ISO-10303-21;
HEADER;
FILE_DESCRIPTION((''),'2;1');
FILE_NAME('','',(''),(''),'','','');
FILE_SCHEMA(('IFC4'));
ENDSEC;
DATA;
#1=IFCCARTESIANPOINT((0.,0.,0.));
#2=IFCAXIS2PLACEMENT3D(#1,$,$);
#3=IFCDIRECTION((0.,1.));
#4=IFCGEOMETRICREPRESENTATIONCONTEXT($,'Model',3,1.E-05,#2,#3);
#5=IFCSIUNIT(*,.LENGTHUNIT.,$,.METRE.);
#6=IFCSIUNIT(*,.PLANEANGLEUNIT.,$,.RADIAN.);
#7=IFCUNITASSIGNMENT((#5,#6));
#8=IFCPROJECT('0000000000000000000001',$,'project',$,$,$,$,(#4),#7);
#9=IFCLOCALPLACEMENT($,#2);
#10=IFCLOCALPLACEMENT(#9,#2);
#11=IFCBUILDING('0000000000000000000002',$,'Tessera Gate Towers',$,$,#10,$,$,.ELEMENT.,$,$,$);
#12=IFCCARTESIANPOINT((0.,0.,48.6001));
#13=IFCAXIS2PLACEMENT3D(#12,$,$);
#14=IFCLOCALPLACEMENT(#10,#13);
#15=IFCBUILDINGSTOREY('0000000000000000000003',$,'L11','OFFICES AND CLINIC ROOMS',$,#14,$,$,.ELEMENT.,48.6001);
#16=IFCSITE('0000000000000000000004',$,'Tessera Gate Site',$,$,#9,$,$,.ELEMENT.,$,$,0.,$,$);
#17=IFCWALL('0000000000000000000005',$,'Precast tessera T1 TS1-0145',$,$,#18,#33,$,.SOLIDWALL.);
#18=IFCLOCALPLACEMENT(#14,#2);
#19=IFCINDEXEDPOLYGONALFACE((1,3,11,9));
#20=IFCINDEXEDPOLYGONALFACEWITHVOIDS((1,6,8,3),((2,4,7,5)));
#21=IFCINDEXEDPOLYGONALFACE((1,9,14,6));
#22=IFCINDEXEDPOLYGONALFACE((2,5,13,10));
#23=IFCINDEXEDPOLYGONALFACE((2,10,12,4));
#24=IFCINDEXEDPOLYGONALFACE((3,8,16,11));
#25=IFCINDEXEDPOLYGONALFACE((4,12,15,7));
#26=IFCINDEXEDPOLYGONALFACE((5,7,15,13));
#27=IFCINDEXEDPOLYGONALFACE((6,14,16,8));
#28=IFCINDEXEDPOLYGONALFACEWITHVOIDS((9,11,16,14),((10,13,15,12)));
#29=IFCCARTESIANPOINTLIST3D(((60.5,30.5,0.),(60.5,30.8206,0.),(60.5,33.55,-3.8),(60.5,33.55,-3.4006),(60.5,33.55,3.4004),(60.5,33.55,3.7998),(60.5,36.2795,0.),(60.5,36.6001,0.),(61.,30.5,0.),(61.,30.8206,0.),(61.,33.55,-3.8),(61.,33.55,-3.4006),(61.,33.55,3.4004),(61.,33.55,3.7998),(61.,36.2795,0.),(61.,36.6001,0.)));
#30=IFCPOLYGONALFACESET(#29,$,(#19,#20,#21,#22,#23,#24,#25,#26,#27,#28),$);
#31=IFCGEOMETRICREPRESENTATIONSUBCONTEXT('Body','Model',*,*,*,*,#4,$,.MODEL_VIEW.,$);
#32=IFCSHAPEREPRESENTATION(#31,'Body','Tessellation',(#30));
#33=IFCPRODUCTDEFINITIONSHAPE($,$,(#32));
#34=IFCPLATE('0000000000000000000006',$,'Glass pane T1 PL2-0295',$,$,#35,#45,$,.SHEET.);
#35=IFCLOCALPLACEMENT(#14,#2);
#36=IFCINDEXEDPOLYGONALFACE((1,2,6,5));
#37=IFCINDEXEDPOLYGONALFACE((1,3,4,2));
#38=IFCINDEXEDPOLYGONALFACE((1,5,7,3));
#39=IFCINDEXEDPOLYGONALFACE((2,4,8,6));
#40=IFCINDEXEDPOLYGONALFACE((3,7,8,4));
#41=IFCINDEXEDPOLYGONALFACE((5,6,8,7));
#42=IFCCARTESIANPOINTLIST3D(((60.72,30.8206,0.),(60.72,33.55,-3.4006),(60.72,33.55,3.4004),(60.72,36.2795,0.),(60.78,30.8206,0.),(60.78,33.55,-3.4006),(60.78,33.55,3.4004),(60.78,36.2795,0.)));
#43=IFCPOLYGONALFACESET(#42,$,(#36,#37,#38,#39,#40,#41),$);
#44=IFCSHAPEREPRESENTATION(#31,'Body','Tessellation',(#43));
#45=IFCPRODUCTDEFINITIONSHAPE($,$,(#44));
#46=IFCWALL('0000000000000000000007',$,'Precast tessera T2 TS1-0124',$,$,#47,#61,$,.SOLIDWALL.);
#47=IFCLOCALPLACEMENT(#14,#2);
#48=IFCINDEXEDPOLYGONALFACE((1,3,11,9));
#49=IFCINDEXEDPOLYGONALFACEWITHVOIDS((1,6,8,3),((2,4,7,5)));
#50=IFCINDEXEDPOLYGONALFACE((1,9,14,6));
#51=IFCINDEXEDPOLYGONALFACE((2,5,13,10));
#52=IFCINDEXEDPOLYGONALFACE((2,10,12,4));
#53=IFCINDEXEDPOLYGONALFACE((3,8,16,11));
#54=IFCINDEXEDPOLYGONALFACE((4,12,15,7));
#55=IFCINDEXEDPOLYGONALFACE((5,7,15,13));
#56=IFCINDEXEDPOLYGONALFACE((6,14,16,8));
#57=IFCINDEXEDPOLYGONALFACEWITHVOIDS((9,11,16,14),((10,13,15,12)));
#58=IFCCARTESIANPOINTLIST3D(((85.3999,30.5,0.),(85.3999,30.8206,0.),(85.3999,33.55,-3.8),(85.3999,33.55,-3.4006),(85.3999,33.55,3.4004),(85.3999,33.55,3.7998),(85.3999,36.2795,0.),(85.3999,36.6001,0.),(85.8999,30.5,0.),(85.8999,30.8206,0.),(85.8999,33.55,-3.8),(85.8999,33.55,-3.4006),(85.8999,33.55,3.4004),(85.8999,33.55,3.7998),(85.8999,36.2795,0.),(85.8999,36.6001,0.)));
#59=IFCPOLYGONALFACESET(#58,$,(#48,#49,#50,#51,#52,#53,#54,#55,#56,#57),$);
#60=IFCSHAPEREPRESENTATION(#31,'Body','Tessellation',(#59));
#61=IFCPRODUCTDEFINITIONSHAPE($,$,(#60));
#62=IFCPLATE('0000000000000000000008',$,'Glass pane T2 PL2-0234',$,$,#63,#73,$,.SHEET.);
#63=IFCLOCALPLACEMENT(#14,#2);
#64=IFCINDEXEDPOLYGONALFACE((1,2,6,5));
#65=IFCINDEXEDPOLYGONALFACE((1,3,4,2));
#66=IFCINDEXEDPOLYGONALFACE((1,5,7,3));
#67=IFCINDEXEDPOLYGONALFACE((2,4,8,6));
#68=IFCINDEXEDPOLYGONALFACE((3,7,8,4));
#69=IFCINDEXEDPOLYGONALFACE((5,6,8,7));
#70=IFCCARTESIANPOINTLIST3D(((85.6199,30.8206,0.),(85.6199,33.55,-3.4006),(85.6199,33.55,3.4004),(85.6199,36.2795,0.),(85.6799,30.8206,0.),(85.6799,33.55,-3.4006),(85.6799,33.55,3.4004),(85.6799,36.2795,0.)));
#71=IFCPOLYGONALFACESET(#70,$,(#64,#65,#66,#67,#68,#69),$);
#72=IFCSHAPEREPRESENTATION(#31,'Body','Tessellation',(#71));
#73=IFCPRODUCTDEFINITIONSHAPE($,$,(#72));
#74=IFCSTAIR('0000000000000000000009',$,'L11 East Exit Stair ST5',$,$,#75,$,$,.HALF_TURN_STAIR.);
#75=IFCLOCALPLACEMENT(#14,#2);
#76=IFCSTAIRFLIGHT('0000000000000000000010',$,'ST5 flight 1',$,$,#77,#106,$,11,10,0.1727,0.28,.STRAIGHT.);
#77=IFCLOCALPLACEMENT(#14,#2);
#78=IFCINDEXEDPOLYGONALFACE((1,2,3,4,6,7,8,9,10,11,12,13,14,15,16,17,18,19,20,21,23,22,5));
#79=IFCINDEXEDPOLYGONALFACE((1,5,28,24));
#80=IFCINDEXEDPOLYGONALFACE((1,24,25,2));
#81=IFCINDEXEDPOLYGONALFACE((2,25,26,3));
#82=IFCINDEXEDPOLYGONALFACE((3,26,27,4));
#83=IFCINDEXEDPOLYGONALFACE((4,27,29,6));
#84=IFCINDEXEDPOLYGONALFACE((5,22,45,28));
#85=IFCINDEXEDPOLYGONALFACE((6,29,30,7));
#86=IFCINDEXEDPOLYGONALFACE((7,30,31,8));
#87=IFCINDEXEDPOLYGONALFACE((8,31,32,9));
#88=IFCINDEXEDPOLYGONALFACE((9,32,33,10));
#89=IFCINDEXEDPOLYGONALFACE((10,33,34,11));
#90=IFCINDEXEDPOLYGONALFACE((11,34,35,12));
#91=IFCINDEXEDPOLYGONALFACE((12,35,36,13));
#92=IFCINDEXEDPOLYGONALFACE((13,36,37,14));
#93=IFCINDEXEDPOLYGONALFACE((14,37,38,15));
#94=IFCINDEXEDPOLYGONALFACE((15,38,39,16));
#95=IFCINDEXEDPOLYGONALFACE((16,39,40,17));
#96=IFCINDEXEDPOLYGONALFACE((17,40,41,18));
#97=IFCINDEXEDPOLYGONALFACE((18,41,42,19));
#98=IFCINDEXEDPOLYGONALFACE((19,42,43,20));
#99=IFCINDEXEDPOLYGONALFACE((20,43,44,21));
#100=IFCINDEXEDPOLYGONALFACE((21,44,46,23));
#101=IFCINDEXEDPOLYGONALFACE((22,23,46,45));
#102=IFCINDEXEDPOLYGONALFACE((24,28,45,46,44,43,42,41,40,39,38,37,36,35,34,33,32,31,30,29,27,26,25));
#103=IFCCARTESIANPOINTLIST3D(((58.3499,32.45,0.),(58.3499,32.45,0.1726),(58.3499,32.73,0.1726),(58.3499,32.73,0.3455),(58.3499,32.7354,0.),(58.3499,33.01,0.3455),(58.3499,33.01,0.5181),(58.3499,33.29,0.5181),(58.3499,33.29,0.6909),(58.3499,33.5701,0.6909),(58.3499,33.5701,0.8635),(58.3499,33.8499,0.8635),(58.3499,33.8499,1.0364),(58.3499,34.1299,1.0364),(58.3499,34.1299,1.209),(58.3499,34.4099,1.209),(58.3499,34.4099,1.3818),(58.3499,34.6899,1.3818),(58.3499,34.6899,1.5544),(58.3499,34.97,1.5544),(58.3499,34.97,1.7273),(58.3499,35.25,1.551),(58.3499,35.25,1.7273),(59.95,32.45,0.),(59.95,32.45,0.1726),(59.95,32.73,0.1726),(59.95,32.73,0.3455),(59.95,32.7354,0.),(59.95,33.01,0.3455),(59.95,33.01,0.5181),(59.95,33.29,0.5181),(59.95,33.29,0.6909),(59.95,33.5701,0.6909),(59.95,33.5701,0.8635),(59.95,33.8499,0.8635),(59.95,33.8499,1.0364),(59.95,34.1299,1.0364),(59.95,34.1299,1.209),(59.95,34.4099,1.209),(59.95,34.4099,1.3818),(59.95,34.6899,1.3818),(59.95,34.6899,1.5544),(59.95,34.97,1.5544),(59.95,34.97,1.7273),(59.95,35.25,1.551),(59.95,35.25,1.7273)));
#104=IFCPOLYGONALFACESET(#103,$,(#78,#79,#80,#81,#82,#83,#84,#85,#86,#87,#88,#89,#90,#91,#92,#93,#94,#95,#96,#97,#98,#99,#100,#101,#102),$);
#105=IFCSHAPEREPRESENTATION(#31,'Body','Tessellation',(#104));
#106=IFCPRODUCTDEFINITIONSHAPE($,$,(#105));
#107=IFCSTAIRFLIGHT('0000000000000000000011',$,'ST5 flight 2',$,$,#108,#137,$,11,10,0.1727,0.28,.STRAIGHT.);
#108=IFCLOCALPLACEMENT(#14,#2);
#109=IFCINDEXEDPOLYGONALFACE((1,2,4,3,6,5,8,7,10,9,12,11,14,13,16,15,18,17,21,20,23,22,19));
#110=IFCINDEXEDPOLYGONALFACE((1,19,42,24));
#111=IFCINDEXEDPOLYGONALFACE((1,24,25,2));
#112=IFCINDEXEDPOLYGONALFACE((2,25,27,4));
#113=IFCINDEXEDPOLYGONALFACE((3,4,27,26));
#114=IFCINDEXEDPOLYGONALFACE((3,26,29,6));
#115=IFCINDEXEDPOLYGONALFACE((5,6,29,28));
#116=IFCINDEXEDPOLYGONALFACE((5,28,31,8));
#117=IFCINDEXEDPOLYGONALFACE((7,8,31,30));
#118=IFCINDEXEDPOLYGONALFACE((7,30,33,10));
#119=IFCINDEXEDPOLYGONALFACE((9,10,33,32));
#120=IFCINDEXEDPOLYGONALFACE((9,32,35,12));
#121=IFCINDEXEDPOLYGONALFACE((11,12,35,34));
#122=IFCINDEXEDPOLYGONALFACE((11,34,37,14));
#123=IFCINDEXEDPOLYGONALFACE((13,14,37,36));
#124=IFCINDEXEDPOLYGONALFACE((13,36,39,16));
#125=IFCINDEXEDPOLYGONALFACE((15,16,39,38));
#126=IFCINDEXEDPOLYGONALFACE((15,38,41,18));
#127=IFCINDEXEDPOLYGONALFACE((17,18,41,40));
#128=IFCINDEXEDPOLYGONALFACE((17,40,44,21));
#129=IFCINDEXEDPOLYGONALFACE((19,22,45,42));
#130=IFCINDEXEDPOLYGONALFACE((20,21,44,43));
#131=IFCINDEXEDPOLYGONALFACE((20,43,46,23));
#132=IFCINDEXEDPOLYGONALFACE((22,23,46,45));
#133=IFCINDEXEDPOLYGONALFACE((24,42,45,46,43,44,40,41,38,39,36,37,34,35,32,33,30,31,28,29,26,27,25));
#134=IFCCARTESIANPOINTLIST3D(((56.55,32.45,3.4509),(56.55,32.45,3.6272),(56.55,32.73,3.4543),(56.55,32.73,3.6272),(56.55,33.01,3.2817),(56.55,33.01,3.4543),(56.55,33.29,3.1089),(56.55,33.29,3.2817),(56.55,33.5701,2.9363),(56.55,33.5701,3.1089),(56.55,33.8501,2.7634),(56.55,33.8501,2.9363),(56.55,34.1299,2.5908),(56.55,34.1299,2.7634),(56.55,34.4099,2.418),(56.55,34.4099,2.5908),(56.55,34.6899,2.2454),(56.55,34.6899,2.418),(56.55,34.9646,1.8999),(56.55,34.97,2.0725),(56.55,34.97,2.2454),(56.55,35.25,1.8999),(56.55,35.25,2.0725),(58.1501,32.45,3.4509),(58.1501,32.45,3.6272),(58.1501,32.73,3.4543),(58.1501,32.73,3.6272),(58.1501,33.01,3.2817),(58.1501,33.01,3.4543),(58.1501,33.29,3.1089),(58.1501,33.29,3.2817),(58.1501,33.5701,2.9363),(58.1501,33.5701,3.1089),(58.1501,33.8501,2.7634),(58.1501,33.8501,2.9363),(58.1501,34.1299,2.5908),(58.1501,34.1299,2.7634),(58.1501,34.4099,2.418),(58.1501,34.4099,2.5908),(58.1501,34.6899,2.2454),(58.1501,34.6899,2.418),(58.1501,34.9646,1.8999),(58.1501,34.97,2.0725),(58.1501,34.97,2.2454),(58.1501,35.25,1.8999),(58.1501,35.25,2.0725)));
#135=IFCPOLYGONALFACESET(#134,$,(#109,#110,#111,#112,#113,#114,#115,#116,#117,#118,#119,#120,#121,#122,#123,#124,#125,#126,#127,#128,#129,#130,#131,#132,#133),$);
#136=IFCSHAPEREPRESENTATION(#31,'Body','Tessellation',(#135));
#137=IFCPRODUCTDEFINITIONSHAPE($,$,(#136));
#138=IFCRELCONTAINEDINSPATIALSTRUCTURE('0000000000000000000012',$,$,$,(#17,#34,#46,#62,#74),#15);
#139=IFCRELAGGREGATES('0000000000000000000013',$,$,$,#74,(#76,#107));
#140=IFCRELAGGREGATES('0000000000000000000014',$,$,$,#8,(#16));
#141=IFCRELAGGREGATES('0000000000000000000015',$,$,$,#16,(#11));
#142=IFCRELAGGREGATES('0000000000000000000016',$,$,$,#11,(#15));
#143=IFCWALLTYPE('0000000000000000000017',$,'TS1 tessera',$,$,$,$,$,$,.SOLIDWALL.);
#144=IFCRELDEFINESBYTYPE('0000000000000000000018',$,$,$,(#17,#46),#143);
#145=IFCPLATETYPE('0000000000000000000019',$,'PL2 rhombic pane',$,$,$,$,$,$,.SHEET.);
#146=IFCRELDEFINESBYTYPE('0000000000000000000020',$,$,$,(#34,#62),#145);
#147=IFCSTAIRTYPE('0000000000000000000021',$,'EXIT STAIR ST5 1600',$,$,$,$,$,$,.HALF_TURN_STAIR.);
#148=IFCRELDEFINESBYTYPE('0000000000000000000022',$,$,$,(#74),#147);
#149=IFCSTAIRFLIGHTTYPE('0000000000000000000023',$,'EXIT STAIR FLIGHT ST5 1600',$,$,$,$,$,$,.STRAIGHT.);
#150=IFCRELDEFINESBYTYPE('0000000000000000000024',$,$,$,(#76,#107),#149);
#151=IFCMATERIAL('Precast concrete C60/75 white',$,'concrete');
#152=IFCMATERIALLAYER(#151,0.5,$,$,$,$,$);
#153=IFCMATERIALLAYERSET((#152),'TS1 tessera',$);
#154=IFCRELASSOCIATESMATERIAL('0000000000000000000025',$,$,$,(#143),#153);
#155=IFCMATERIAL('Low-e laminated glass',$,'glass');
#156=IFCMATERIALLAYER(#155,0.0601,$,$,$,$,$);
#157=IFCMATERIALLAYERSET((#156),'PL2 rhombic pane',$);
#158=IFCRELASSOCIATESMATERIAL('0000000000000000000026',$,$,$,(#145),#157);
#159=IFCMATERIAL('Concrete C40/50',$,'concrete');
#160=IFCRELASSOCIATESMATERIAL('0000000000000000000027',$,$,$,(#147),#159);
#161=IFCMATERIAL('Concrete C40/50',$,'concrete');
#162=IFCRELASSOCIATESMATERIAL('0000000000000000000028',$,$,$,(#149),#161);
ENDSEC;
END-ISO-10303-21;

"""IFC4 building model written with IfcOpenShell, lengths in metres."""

from ifc_helpers import new_model, si_unit, direction, frame, origin, place, context, subcontext, project, spatial, polyline, outline, extrude, source, transform, mapped, material, layer, layer_set, type_object, element, fill, aggregate, save


model = new_model("IFC4")

# Units and contexts
model_context = context("Model", 3, precision=1e-05, world=origin(), true_north=direction((0.0, 1.0)))
body_context = subcontext(model_context, "Body", "Model", "MODEL_VIEW")
ifc_project = project(units=[si_unit("LENGTHUNIT", "METRE"), si_unit("PLANEANGLEUNIT", "RADIAN")], contexts=[model_context])

# Site, building, storey
site_placement = place(None, origin())
site = spatial("IfcSite", under=ifc_project, at=site_placement, Name="Tessera Gate Site", CompositionType="ELEMENT", RefElevation=0.0)
building_placement = place(site_placement, origin())
building = spatial("IfcBuilding", under=site, at=building_placement, Name="Tessera Gate Towers", CompositionType="ELEMENT")
storey_placement = place(building_placement, frame((0.0, 0.0, 48.6001)))
storey = spatial("IfcBuildingStorey", under=building, at=storey_placement, Name="L11", Description="OFFICES AND CLINIC ROOMS", CompositionType="ELEMENT", Elevation=48.6001)

# Walls, openings, plates
ifc_material_1 = material(Name="Precast concrete C60/75 white", Category="concrete")
ifc_layer_1 = layer(ifc_material_1, 0.5)
ifc_layer_set_1 = layer_set([ifc_layer_1], Name="TS1 tessera")
wall_type_1 = type_object("IfcWallType", Name="TS1 tessera", PredefinedType="SOLIDWALL", material=ifc_layer_set_1)
shared_shape_1 = source(origin(), body_context, "Body", "SweptSolid", [
    extrude(outline(polyline([(3.05, 0.0), (6.1001, 3.8), (3.05, 7.5999), (0.0, 3.8), (3.05, 0.0)])), frame((0.0, 0.25, 0.0), z_axis=(0.0, -1.0, 0.0), x_axis=(1.0, 0.0, 0.0)), (0.0, 0.0, 1.0), 0.5),
])
wall_1_placement = place(storey_placement, frame((60.75, 30.5, -3.8), z_axis=(0.0, 0.0, 1.0), x_axis=(0.0, 1.0, 0.0)))
wall_1 = element("IfcWall", 1, at=wall_1_placement, inside=storey, type_object=wall_type_1, Name="Precast tessera T1 TS1-0145", PredefinedType="SOLIDWALL", context=body_context, shape_type="MappedRepresentation", body=[
    mapped(shared_shape_1, transform((0.0, 0.0, 0.0), scale=1.0)),
])
shared_shape_2 = source(origin(), body_context, "Body", "SweptSolid", [
    extrude(outline(polyline([(3.05, 0.3994), (5.7795, 3.8), (3.05, 7.2004), (0.3206, 3.8), (3.05, 0.3994)])), frame((0.0, 0.26, 0.0), z_axis=(0.0, -1.0, 0.0), x_axis=(1.0, 0.0, 0.0)), (0.0, 0.0, 1.0), 0.52),
])
opening_1_placement = place(wall_1_placement, origin())
opening_1 = element("IfcOpeningElement", 2, at=opening_1_placement, cuts=wall_1, PredefinedType="OPENING", context=body_context, shape_type="MappedRepresentation", body=[
    mapped(shared_shape_2, transform((0.0, 0.0, 0.0), scale=1.0)),
])
ifc_material_2 = material(Name="Low-e laminated glass", Category="glass")
ifc_layer_2 = layer(ifc_material_2, 0.0601)
ifc_layer_set_2 = layer_set([ifc_layer_2], Name="PL2 rhombic pane")
plate_type = type_object("IfcPlateType", Name="PL2 rhombic pane", PredefinedType="SHEET", material=ifc_layer_set_2)
shared_shape_3 = source(origin(), body_context, "Body", "SweptSolid", [
    extrude(outline(polyline([(3.05, 0.3994), (5.7795, 3.8), (3.05, 7.2004), (0.3206, 3.8), (3.05, 0.3994)])), frame((0.0, 0.03, 0.0), z_axis=(0.0, -1.0, 0.0), x_axis=(1.0, 0.0, 0.0)), (0.0, 0.0, 1.0), 0.0601),
])
plate_1_placement = place(opening_1_placement, origin())
plate_1 = element("IfcPlate", 3, at=plate_1_placement, inside=storey, type_object=plate_type, Name="Glass pane T1 PL2-0295", PredefinedType="SHEET", context=body_context, shape_type="MappedRepresentation", body=[
    mapped(shared_shape_3, transform((0.0, 0.0, 0.0), scale=1.0)),
])
fill(opening_1, plate_1)
wall_2_placement = place(storey_placement, frame((85.6499, 36.6001, -3.8), z_axis=(0.0, 0.0, 1.0), x_axis=(0.0, -1.0, 0.0)))
wall_2 = element("IfcWall", 4, at=wall_2_placement, inside=storey, type_object=wall_type_1, Name="Precast tessera T2 TS1-0124", PredefinedType="SOLIDWALL", context=body_context, shape_type="MappedRepresentation", body=[
    mapped(shared_shape_1, transform((0.0, 0.0, 0.0), scale=1.0)),
])
opening_2_placement = place(wall_2_placement, origin())
opening_2 = element("IfcOpeningElement", 5, at=opening_2_placement, cuts=wall_2, PredefinedType="OPENING", context=body_context, shape_type="MappedRepresentation", body=[
    mapped(shared_shape_2, transform((0.0, 0.0, 0.0), scale=1.0)),
])
plate_2_placement = place(opening_2_placement, origin())
plate_2 = element("IfcPlate", 6, at=plate_2_placement, inside=storey, type_object=plate_type, Name="Glass pane T2 PL2-0234", PredefinedType="SHEET", context=body_context, shape_type="MappedRepresentation", body=[
    mapped(shared_shape_3, transform((0.0, 0.0, 0.0), scale=1.0)),
])
fill(opening_2, plate_2)

# Stair, stair flights
ifc_material_3 = material(Name="Concrete C40/50", Category="concrete")
stair_type = type_object("IfcStairType", Name="EXIT STAIR ST5 1600", PredefinedType="HALF_TURN_STAIR", material=ifc_material_3)
stair_placement = place(storey_placement, origin())
stair = element("IfcStair", 7, at=stair_placement, inside=storey, type_object=stair_type, Name="L11 East Exit Stair ST5", PredefinedType="HALF_TURN_STAIR")
ifc_material_4 = material(Name="Concrete C40/50", Category="concrete")
stair_flight_type = type_object("IfcStairFlightType", Name="EXIT STAIR FLIGHT ST5 1600", PredefinedType="STRAIGHT", material=ifc_material_4)
stair_flight_1_placement = place(storey_placement, frame((59.1499, 32.45, 0.0), z_axis=(0.0, 0.0, 1.0), x_axis=(0.0, 1.0, 0.0)))
stair_flight_1 = element("IfcStairFlight", 8, at=stair_flight_1_placement, type_object=stair_flight_type, Name="ST5 flight 1", NumberOfRisers=11, NumberOfTreads=10, PredefinedType="STRAIGHT", RiserHeight=0.1727, TreadLength=0.28, context=body_context, shape_type="SweptSolid", body=[
    extrude(outline(polyline([(0.0, 0.0), (0.0, 0.1726), (0.28, 0.1726), (0.28, 0.3455), (0.5601, 0.3455), (0.5601, 0.5181), (0.8401, 0.5181), (0.8401, 0.6909), (1.1201, 0.6909), (1.1201, 0.8635), (1.3999, 0.8635), (1.3999, 1.0364), (1.6799, 1.0364), (1.6799, 1.209), (1.96, 1.209), (1.96, 1.3818), (2.24, 1.3818), (2.24, 1.5544), (2.52, 1.5544), (2.52, 1.7273), (2.8, 1.7273), (2.8, 1.8999), (2.8, 1.551), (0.2854, 0.0), (0.0, 0.0)])), frame((0.0, 0.8, 0.0), z_axis=(0.0, -1.0, 0.0), x_axis=(1.0, 0.0, 0.0)), (0.0, 0.0, 1.0), 1.6001),
])
stair_flight_2_placement = place(storey_placement, frame((57.3501, 35.25, 1.8999), z_axis=(0.0, 0.0, 1.0), x_axis=(0.0, -1.0, 0.0)))
stair_flight_2 = element("IfcStairFlight", 9, at=stair_flight_2_placement, type_object=stair_flight_type, Name="ST5 flight 2", NumberOfRisers=11, NumberOfTreads=10, PredefinedType="STRAIGHT", RiserHeight=0.1727, TreadLength=0.28, context=body_context, shape_type="SweptSolid", body=[
    extrude(outline(polyline([(0.0, 0.0), (0.0, 0.1726), (0.28, 0.1726), (0.28, 0.3455), (0.5601, 0.3455), (0.5601, 0.5181), (0.8401, 0.5181), (0.8401, 0.6909), (1.1201, 0.6909), (1.1201, 0.8635), (1.3999, 0.8635), (1.3999, 1.0364), (1.6799, 1.0364), (1.6799, 1.209), (1.96, 1.209), (1.96, 1.3818), (2.24, 1.3818), (2.24, 1.5544), (2.52, 1.5544), (2.52, 1.7273), (2.8, 1.7273), (2.8, 1.8999), (2.8, 1.551), (0.2854, 0.0), (0.0, 0.0)])), frame((0.0, 0.8, 0.0), z_axis=(0.0, -1.0, 0.0), x_axis=(1.0, 0.0, 0.0)), (0.0, 0.0, 1.0), 1.6001),
])
aggregate(stair, [stair_flight_1, stair_flight_2])

save(model, "model.ifc")
